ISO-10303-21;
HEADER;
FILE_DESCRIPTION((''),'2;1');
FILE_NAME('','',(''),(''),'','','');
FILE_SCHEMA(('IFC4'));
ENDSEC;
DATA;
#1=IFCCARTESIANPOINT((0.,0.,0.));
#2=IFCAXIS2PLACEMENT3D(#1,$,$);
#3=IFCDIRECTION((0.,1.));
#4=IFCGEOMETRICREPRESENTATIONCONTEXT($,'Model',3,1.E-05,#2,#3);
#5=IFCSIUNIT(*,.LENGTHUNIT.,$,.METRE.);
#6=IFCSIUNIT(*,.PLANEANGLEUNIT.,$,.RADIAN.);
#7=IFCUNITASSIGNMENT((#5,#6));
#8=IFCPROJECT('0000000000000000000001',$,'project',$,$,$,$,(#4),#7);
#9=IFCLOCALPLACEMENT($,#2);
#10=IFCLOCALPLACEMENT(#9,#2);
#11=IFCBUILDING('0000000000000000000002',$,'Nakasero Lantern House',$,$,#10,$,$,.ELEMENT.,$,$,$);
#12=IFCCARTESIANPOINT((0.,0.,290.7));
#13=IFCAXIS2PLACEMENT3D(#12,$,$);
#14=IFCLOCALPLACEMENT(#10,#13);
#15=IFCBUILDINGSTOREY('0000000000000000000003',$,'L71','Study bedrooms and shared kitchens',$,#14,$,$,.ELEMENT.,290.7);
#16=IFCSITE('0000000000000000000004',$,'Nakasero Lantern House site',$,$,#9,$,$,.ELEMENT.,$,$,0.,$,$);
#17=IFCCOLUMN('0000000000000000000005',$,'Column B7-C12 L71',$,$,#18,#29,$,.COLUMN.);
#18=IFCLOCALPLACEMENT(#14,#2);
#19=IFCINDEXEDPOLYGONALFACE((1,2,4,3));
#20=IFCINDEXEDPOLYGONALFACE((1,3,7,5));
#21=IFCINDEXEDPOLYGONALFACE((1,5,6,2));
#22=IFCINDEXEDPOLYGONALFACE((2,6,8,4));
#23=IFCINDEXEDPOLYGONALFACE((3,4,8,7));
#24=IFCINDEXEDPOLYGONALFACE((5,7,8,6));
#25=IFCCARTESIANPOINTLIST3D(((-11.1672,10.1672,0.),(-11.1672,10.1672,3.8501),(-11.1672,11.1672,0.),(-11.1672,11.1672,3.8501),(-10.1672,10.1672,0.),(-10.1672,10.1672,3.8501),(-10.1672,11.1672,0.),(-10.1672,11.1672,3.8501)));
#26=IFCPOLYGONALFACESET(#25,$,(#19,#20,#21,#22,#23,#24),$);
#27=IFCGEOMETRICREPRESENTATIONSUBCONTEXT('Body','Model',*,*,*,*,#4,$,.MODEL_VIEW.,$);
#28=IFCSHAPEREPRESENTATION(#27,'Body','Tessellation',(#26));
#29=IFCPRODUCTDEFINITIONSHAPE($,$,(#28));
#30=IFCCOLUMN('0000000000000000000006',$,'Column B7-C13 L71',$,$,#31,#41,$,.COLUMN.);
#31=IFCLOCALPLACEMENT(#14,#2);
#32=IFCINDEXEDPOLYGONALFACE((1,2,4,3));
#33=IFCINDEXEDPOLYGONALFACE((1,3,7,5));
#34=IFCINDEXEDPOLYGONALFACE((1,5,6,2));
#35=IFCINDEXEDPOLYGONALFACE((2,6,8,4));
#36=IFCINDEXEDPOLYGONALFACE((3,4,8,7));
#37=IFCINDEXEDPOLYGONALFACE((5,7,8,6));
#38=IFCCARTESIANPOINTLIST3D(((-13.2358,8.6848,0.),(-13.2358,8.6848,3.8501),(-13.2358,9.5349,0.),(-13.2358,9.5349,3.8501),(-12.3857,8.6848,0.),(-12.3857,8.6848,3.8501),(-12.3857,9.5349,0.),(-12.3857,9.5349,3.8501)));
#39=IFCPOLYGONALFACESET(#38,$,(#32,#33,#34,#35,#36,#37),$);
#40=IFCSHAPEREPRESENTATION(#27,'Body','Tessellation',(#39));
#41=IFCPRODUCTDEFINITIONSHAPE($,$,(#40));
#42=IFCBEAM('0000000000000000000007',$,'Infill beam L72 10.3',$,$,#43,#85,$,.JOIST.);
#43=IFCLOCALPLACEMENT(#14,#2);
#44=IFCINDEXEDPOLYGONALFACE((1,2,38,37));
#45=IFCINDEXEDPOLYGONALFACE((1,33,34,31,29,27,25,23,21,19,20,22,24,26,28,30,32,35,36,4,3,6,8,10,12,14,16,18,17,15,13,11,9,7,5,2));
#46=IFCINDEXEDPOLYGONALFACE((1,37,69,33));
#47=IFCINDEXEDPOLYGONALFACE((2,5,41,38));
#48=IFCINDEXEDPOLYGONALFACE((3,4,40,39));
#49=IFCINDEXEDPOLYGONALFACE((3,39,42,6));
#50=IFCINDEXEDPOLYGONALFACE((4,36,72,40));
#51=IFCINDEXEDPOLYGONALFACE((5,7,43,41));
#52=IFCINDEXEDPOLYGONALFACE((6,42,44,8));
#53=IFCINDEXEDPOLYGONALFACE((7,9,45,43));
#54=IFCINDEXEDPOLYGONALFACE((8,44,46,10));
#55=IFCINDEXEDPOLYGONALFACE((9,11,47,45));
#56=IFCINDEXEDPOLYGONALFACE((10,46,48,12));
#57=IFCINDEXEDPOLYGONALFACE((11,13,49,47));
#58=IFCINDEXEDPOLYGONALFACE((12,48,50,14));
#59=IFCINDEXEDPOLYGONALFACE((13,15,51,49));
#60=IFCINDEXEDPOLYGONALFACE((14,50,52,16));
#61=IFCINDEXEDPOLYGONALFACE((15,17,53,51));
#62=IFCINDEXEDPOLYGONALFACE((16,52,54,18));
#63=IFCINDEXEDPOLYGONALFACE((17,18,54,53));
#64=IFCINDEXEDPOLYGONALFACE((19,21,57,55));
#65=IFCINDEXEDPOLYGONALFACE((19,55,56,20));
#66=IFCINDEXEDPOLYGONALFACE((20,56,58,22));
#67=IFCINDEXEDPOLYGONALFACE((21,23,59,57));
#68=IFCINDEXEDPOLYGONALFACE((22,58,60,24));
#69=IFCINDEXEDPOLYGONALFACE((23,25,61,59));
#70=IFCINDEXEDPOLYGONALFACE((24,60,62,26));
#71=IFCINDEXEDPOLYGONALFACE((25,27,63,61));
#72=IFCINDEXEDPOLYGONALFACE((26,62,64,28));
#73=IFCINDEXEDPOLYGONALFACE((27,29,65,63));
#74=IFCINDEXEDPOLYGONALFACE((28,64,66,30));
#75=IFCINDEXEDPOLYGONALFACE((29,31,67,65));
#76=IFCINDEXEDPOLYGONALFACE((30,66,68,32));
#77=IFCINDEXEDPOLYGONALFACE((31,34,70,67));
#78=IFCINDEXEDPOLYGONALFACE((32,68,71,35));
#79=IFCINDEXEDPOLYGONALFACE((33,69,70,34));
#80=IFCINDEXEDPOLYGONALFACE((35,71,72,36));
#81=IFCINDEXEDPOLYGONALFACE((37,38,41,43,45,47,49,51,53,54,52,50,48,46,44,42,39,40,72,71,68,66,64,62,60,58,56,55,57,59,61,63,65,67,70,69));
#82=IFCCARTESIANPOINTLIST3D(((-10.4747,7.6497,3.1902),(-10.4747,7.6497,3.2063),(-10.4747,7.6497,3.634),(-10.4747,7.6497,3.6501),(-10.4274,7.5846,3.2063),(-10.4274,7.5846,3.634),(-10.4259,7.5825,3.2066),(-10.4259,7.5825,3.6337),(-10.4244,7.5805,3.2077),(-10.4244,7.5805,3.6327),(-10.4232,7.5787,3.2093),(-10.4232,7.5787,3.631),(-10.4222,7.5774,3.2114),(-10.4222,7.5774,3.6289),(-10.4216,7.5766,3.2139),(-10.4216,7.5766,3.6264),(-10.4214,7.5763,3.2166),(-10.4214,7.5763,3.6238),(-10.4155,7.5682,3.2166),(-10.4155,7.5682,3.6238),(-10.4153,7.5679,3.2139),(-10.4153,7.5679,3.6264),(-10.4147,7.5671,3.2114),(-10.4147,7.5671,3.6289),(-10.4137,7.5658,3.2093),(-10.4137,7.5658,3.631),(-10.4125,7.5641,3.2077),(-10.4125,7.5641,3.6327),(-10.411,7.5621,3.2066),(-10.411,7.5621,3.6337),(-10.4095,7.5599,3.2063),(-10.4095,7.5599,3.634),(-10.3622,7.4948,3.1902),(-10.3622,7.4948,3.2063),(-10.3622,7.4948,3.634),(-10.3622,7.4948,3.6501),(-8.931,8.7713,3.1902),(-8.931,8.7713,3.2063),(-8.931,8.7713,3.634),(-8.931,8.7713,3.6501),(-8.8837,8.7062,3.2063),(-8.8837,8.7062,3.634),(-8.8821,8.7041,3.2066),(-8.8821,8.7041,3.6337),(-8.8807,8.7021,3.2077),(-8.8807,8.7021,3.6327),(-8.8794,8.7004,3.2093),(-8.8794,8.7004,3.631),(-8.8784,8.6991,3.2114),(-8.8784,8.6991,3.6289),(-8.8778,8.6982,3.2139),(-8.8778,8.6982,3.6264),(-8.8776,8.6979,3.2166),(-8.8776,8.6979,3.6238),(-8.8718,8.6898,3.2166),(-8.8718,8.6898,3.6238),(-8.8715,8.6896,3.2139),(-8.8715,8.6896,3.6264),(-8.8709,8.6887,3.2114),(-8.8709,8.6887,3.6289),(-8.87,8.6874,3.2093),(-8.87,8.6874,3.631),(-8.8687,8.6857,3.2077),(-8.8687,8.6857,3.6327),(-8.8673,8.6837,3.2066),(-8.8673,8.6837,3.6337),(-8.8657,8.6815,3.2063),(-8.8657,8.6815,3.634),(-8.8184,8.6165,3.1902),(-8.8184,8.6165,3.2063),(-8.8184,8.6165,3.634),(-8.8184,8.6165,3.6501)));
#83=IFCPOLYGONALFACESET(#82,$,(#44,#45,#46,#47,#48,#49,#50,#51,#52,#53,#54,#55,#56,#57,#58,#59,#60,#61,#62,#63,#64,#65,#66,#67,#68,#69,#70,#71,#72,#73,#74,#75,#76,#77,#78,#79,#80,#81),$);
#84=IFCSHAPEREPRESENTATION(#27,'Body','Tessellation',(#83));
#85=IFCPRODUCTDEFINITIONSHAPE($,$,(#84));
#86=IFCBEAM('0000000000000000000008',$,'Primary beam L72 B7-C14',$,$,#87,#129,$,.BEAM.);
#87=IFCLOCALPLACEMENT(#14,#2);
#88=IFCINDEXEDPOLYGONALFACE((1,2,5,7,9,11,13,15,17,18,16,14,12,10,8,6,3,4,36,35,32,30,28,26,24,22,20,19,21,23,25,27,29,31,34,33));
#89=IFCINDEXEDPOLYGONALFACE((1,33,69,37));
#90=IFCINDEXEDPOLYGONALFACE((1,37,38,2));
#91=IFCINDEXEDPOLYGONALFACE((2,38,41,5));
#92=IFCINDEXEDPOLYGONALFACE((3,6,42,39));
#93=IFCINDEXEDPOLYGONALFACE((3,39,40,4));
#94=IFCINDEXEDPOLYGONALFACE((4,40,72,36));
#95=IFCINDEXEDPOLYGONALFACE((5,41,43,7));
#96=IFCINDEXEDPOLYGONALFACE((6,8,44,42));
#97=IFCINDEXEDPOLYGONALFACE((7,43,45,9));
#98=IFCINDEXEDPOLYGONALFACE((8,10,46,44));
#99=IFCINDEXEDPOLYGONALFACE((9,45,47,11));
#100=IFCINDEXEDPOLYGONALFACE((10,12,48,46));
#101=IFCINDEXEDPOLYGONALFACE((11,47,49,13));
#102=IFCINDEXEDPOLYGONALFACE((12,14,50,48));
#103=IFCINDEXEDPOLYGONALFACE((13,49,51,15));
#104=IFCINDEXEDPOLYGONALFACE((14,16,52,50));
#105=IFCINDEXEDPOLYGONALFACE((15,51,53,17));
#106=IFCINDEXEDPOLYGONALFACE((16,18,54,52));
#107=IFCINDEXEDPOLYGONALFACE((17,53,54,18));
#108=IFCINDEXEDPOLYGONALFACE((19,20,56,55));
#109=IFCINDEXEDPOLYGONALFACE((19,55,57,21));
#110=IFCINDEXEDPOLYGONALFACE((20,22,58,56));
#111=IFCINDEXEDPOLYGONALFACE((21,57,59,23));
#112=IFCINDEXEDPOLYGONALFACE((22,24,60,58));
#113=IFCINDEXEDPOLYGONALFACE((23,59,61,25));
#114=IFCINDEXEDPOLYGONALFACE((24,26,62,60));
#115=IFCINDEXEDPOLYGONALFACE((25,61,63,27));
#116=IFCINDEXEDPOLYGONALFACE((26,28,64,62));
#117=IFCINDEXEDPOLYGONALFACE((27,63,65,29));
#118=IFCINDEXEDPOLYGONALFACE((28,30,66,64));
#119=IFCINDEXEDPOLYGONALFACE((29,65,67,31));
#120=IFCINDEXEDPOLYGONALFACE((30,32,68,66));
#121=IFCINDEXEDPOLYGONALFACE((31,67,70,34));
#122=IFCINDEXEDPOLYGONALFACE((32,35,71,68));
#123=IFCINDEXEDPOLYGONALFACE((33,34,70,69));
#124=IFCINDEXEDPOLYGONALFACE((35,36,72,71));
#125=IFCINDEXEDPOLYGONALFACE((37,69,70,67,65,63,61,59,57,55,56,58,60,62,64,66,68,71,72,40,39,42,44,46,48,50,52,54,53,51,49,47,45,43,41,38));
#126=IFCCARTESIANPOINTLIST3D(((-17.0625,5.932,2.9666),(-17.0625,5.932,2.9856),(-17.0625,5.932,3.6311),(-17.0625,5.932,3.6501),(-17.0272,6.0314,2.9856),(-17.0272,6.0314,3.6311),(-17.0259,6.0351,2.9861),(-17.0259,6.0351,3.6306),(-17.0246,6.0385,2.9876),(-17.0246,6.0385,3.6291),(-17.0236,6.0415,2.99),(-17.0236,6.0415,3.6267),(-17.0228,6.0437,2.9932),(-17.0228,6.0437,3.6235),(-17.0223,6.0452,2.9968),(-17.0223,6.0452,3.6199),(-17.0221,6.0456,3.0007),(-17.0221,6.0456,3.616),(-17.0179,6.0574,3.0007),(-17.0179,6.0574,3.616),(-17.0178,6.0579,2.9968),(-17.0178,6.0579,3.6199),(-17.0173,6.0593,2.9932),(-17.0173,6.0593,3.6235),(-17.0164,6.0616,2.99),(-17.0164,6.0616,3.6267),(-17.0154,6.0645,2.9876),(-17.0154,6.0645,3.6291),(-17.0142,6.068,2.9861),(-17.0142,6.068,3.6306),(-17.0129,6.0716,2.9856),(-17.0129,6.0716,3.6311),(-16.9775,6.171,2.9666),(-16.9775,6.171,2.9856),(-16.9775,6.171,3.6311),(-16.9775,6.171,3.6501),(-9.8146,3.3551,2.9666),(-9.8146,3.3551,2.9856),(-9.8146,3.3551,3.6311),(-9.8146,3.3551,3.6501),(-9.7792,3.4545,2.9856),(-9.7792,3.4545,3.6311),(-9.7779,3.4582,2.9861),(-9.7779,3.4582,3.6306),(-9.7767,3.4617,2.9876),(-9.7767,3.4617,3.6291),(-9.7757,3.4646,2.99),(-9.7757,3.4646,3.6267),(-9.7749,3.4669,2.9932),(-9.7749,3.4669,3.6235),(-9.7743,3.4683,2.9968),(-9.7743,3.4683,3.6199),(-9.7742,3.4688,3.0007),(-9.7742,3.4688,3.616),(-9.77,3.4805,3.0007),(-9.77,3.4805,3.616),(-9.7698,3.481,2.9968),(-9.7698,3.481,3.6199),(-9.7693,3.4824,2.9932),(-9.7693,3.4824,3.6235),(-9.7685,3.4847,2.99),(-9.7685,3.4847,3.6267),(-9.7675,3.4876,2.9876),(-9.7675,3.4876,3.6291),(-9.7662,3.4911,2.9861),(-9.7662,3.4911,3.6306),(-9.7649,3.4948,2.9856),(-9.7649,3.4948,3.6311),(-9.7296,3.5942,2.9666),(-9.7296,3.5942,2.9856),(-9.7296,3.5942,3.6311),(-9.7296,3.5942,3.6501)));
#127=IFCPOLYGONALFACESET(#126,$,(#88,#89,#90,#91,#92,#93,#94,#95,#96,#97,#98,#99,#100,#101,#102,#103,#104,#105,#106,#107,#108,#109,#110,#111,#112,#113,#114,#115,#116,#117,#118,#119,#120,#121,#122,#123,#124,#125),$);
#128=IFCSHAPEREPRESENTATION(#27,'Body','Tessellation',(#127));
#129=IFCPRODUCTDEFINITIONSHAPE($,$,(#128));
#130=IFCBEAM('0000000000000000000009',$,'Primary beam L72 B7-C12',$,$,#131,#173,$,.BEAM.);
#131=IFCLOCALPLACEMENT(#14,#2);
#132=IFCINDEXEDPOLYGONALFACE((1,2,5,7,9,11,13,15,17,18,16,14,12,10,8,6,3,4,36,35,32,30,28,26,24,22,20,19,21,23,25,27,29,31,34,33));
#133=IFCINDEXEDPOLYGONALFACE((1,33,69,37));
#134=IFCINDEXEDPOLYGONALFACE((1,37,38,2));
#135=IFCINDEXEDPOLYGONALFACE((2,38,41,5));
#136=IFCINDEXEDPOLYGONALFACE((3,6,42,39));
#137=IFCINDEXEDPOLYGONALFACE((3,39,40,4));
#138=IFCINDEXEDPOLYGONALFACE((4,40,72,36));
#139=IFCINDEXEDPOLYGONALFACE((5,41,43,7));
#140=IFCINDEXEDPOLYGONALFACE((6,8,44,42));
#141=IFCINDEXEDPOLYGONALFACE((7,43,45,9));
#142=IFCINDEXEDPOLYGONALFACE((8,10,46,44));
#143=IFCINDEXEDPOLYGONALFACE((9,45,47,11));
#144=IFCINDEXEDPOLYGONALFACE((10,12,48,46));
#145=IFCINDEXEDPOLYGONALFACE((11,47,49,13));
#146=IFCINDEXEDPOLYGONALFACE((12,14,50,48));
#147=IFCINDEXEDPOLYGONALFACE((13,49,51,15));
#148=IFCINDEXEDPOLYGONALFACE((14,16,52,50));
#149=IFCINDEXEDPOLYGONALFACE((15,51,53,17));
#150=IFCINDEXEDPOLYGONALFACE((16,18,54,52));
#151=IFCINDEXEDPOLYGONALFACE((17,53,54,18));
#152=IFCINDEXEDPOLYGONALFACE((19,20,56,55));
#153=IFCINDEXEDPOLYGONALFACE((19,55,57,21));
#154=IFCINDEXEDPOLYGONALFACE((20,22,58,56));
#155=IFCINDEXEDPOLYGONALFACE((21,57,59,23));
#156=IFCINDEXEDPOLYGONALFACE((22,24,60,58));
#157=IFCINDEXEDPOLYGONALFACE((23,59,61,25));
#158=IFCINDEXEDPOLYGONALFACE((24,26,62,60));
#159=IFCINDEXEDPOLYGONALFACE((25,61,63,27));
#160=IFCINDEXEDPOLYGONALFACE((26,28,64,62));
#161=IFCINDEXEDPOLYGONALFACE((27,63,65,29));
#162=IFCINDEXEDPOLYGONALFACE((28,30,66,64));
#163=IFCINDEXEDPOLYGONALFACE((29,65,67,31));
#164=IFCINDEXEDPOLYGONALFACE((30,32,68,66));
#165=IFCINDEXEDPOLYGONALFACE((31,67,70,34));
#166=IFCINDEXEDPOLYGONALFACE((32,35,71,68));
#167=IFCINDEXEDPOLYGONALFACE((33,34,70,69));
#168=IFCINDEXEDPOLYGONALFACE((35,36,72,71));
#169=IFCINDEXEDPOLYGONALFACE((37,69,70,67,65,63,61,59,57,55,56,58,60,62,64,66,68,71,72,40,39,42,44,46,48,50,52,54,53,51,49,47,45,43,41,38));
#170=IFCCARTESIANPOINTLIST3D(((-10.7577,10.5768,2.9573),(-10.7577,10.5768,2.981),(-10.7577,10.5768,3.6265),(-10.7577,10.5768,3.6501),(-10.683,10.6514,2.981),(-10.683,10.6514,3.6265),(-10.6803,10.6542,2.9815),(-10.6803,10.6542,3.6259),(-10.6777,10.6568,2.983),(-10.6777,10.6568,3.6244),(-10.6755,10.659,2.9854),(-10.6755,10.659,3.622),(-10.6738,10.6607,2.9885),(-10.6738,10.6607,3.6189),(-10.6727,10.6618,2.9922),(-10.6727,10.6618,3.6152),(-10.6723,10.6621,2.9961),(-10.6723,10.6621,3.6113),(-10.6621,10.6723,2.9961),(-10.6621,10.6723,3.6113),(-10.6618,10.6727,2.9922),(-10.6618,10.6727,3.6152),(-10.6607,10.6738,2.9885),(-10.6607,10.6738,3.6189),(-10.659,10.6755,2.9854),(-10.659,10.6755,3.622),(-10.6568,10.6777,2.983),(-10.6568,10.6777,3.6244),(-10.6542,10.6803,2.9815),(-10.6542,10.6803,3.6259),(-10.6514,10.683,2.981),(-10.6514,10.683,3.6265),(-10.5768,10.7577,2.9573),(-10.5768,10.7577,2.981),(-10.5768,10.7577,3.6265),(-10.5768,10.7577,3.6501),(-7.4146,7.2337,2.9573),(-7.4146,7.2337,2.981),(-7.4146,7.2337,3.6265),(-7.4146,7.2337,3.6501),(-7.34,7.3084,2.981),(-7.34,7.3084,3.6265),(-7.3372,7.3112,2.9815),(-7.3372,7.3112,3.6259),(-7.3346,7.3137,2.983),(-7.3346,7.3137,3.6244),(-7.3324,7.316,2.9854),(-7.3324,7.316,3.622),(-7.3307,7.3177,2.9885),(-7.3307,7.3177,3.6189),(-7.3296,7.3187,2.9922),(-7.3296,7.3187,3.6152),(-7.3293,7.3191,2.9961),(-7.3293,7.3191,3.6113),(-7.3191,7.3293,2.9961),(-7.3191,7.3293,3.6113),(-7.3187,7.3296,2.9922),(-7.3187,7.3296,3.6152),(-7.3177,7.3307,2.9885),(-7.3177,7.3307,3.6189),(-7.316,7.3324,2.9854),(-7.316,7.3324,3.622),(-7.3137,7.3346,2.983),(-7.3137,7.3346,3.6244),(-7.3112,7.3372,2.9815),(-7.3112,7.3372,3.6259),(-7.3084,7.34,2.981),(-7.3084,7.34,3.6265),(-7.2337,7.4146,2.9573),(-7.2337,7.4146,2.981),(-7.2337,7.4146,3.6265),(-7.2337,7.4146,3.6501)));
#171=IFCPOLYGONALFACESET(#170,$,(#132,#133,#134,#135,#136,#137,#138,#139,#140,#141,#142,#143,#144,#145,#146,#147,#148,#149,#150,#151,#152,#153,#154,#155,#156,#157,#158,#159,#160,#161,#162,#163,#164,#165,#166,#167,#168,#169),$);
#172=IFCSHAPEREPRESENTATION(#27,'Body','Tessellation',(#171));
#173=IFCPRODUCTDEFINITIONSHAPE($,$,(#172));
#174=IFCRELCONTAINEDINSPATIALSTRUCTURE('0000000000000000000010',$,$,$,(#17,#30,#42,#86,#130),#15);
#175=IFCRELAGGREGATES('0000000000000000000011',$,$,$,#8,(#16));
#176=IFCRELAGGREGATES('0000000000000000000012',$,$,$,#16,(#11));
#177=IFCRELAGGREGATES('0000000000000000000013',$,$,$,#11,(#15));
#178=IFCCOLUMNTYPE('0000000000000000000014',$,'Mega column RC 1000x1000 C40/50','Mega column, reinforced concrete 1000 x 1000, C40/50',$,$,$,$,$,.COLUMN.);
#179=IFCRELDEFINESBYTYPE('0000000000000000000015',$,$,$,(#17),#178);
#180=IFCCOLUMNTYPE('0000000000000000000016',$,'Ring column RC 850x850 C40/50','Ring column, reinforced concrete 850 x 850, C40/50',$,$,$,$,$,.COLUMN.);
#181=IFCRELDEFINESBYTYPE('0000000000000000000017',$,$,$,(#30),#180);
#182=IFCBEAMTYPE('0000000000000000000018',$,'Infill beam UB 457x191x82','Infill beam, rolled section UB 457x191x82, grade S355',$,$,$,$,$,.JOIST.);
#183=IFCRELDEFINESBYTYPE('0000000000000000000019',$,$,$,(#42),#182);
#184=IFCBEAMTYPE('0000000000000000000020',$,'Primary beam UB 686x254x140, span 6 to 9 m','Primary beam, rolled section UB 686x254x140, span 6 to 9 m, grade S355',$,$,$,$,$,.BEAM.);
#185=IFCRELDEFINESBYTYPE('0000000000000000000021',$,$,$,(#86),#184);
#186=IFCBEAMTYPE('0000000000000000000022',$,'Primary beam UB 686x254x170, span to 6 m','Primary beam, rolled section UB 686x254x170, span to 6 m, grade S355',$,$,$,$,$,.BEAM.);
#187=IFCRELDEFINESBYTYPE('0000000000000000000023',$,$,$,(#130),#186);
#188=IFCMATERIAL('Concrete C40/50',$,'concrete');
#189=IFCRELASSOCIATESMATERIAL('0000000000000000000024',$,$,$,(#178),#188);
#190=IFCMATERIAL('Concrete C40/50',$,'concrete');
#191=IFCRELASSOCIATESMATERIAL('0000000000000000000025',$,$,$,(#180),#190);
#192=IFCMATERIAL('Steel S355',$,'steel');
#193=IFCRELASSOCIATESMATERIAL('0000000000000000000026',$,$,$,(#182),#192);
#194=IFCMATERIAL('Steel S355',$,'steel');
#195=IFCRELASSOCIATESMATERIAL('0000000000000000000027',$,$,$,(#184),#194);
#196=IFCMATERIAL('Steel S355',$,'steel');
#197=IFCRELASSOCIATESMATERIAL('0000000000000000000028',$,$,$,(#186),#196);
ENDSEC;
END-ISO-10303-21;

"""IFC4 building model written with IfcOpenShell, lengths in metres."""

from ifc_helpers import new_model, si_unit, direction, frame, origin, origin_2d, place, context, subcontext, project, spatial, rectangle, i_section, extrude, material, material_profile, profile_set, type_object, element, save


model = new_model("IFC4")

# Units and contexts
model_context = context("Model", 3, precision=1e-05, world=origin(), true_north=direction((0.0, 1.0)))
body_context = subcontext(model_context, "Body", "Model", "MODEL_VIEW")
ifc_project = project(units=[si_unit("LENGTHUNIT", "METRE"), si_unit("PLANEANGLEUNIT", "RADIAN")], contexts=[model_context])

# Site, building, storey
site_placement = place(None, origin())
site = spatial("IfcSite", under=ifc_project, at=site_placement, Name="Nakasero Lantern House site", CompositionType="ELEMENT", RefElevation=0.0)
building_placement = place(site_placement, origin())
building = spatial("IfcBuilding", under=site, at=building_placement, Name="Nakasero Lantern House", CompositionType="ELEMENT")
storey_placement = place(building_placement, frame((0.0, 0.0, 290.7)))
storey = spatial("IfcBuildingStorey", under=building, at=storey_placement, Name="L71", Description="Study bedrooms and shared kitchens", CompositionType="ELEMENT", Elevation=290.7)

# Columns
ifc_material_1 = material(Name="Concrete C40/50", Category="concrete")
ifc_material_profile_1 = material_profile(ifc_material_1, rectangle(XDim=1.0, YDim=1.0, at=origin_2d()), Name="RC 1000x1000")
ifc_profile_set_1 = profile_set([ifc_material_profile_1], Name="Concrete C40/50")
column_type_1 = type_object("IfcColumnType", Name="Mega column RC 1000x1000 C40/50", Description="Mega column, reinforced concrete 1000 x 1000, C40/50", PredefinedType="COLUMN", material=ifc_profile_set_1)
column_1_placement = place(storey_placement, frame((-10.6672, 10.6672, 0.0), z_axis=(0.0, 0.0, 1.0), x_axis=(1.0, 0.0, 0.0)))
element("IfcColumn", 1, at=column_1_placement, inside=storey, type_object=column_type_1, Name="Column B7-C12 L71", PredefinedType="COLUMN", context=body_context, shape_type="SweptSolid", body=[
    extrude(rectangle(XDim=1.0, YDim=1.0, at=origin_2d()), origin(), (0.0, 0.0, 1.0), 3.8501),
])
ifc_material_2 = material(Name="Concrete C40/50", Category="concrete")
ifc_material_profile_2 = material_profile(ifc_material_2, rectangle(XDim=0.8501, YDim=0.8501, at=origin_2d()), Name="RC 850x850")
ifc_profile_set_2 = profile_set([ifc_material_profile_2], Name="Concrete C40/50")
column_type_2 = type_object("IfcColumnType", Name="Ring column RC 850x850 C40/50", Description="Ring column, reinforced concrete 850 x 850, C40/50", PredefinedType="COLUMN", material=ifc_profile_set_2)
column_2_placement = place(storey_placement, frame((-12.8108, 9.1099, 0.0), z_axis=(0.0, 0.0, 1.0), x_axis=(1.0, 0.0, 0.0)))
element("IfcColumn", 2, at=column_2_placement, inside=storey, type_object=column_type_2, Name="Column B7-C13 L71", PredefinedType="COLUMN", context=body_context, shape_type="SweptSolid", body=[
    extrude(rectangle(XDim=0.8501, YDim=0.8501, at=origin_2d()), origin(), (0.0, 0.0, 1.0), 3.8501),
])

# Beams
ifc_material_3 = material(Name="Steel S355", Category="steel")
ifc_material_profile_3 = material_profile(ifc_material_3, i_section(OverallWidth=0.1914, OverallDepth=0.46, WebThickness=0.01, FlangeThickness=0.0161, FilletRadius=0.0103, at=origin_2d()), Name="UB 457x191x82")
ifc_profile_set_3 = profile_set([ifc_material_profile_3], Name="Steel S355")
beam_type_1 = type_object("IfcBeamType", Name="Infill beam UB 457x191x82", Description="Infill beam, rolled section UB 457x191x82, grade S355", PredefinedType="JOIST", material=ifc_profile_set_3)
beam_1_placement = place(storey_placement, frame((-10.4185, 7.5723, 3.4202), z_axis=(0.809013, 0.587791, 0.0), x_axis=(-0.587791, 0.809013, 0.0)))
element("IfcBeam", 3, at=beam_1_placement, inside=storey, type_object=beam_type_1, Name="Infill beam L72 10.3", PredefinedType="JOIST", context=body_context, shape_type="SweptSolid", body=[
    extrude(i_section(OverallWidth=0.1914, OverallDepth=0.46, WebThickness=0.01, FlangeThickness=0.0161, FilletRadius=0.0103, at=origin_2d()), origin(), (0.0, 0.0, 1.0), 1.9082),
])
ifc_material_4 = material(Name="Steel S355", Category="steel")
ifc_material_profile_4 = material_profile(ifc_material_4, i_section(OverallWidth=0.2537, OverallDepth=0.6836, WebThickness=0.0125, FlangeThickness=0.019, FilletRadius=0.0151, at=origin_2d()), Name="UB 686x254x140")
ifc_profile_set_4 = profile_set([ifc_material_profile_4], Name="Steel S355")
beam_type_2 = type_object("IfcBeamType", Name="Primary beam UB 686x254x140, span 6 to 9 m", Description="Primary beam, rolled section UB 686x254x140, span 6 to 9 m, grade S355", PredefinedType="BEAM", material=ifc_profile_set_4)
beam_2_placement = place(storey_placement, frame((-17.02, 6.0515, 3.3083), z_axis=(0.942222, -0.334989, 0.0), x_axis=(0.334989, 0.942222, 0.0)))
element("IfcBeam", 4, at=beam_2_placement, inside=storey, type_object=beam_type_2, Name="Primary beam L72 B7-C14", PredefinedType="BEAM", context=body_context, shape_type="SweptSolid", body=[
    extrude(i_section(OverallWidth=0.2537, OverallDepth=0.6836, WebThickness=0.0125, FlangeThickness=0.019, FilletRadius=0.0151, at=origin_2d()), origin(), (0.0, 0.0, 1.0), 7.6924),
])
ifc_material_5 = material(Name="Steel S355", Category="steel")
ifc_material_profile_5 = material_profile(ifc_material_5, i_section(OverallWidth=0.2559, OverallDepth=0.6929, WebThickness=0.0144, FlangeThickness=0.0237, FilletRadius=0.0151, at=origin_2d()), Name="UB 686x254x170")
ifc_profile_set_5 = profile_set([ifc_material_profile_5], Name="Steel S355")
beam_type_3 = type_object("IfcBeamType", Name="Primary beam UB 686x254x170, span to 6 m", Description="Primary beam, rolled section UB 686x254x170, span to 6 m, grade S355", PredefinedType="BEAM", material=ifc_profile_set_5)
beam_3_placement = place(storey_placement, frame((-10.6672, 10.6672, 3.3037), z_axis=(0.707107, -0.707107, 0.0), x_axis=(0.707107, 0.707107, 0.0)))
element("IfcBeam", 5, at=beam_3_placement, inside=storey, type_object=beam_type_3, Name="Primary beam L72 B7-C12", PredefinedType="BEAM", context=body_context, shape_type="SweptSolid", body=[
    extrude(i_section(OverallWidth=0.2559, OverallDepth=0.6929, WebThickness=0.0144, FlangeThickness=0.0237, FilletRadius=0.0151, at=origin_2d()), origin(), (0.0, 0.0, 1.0), 4.7278),
])

save(model, "model.ifc")
